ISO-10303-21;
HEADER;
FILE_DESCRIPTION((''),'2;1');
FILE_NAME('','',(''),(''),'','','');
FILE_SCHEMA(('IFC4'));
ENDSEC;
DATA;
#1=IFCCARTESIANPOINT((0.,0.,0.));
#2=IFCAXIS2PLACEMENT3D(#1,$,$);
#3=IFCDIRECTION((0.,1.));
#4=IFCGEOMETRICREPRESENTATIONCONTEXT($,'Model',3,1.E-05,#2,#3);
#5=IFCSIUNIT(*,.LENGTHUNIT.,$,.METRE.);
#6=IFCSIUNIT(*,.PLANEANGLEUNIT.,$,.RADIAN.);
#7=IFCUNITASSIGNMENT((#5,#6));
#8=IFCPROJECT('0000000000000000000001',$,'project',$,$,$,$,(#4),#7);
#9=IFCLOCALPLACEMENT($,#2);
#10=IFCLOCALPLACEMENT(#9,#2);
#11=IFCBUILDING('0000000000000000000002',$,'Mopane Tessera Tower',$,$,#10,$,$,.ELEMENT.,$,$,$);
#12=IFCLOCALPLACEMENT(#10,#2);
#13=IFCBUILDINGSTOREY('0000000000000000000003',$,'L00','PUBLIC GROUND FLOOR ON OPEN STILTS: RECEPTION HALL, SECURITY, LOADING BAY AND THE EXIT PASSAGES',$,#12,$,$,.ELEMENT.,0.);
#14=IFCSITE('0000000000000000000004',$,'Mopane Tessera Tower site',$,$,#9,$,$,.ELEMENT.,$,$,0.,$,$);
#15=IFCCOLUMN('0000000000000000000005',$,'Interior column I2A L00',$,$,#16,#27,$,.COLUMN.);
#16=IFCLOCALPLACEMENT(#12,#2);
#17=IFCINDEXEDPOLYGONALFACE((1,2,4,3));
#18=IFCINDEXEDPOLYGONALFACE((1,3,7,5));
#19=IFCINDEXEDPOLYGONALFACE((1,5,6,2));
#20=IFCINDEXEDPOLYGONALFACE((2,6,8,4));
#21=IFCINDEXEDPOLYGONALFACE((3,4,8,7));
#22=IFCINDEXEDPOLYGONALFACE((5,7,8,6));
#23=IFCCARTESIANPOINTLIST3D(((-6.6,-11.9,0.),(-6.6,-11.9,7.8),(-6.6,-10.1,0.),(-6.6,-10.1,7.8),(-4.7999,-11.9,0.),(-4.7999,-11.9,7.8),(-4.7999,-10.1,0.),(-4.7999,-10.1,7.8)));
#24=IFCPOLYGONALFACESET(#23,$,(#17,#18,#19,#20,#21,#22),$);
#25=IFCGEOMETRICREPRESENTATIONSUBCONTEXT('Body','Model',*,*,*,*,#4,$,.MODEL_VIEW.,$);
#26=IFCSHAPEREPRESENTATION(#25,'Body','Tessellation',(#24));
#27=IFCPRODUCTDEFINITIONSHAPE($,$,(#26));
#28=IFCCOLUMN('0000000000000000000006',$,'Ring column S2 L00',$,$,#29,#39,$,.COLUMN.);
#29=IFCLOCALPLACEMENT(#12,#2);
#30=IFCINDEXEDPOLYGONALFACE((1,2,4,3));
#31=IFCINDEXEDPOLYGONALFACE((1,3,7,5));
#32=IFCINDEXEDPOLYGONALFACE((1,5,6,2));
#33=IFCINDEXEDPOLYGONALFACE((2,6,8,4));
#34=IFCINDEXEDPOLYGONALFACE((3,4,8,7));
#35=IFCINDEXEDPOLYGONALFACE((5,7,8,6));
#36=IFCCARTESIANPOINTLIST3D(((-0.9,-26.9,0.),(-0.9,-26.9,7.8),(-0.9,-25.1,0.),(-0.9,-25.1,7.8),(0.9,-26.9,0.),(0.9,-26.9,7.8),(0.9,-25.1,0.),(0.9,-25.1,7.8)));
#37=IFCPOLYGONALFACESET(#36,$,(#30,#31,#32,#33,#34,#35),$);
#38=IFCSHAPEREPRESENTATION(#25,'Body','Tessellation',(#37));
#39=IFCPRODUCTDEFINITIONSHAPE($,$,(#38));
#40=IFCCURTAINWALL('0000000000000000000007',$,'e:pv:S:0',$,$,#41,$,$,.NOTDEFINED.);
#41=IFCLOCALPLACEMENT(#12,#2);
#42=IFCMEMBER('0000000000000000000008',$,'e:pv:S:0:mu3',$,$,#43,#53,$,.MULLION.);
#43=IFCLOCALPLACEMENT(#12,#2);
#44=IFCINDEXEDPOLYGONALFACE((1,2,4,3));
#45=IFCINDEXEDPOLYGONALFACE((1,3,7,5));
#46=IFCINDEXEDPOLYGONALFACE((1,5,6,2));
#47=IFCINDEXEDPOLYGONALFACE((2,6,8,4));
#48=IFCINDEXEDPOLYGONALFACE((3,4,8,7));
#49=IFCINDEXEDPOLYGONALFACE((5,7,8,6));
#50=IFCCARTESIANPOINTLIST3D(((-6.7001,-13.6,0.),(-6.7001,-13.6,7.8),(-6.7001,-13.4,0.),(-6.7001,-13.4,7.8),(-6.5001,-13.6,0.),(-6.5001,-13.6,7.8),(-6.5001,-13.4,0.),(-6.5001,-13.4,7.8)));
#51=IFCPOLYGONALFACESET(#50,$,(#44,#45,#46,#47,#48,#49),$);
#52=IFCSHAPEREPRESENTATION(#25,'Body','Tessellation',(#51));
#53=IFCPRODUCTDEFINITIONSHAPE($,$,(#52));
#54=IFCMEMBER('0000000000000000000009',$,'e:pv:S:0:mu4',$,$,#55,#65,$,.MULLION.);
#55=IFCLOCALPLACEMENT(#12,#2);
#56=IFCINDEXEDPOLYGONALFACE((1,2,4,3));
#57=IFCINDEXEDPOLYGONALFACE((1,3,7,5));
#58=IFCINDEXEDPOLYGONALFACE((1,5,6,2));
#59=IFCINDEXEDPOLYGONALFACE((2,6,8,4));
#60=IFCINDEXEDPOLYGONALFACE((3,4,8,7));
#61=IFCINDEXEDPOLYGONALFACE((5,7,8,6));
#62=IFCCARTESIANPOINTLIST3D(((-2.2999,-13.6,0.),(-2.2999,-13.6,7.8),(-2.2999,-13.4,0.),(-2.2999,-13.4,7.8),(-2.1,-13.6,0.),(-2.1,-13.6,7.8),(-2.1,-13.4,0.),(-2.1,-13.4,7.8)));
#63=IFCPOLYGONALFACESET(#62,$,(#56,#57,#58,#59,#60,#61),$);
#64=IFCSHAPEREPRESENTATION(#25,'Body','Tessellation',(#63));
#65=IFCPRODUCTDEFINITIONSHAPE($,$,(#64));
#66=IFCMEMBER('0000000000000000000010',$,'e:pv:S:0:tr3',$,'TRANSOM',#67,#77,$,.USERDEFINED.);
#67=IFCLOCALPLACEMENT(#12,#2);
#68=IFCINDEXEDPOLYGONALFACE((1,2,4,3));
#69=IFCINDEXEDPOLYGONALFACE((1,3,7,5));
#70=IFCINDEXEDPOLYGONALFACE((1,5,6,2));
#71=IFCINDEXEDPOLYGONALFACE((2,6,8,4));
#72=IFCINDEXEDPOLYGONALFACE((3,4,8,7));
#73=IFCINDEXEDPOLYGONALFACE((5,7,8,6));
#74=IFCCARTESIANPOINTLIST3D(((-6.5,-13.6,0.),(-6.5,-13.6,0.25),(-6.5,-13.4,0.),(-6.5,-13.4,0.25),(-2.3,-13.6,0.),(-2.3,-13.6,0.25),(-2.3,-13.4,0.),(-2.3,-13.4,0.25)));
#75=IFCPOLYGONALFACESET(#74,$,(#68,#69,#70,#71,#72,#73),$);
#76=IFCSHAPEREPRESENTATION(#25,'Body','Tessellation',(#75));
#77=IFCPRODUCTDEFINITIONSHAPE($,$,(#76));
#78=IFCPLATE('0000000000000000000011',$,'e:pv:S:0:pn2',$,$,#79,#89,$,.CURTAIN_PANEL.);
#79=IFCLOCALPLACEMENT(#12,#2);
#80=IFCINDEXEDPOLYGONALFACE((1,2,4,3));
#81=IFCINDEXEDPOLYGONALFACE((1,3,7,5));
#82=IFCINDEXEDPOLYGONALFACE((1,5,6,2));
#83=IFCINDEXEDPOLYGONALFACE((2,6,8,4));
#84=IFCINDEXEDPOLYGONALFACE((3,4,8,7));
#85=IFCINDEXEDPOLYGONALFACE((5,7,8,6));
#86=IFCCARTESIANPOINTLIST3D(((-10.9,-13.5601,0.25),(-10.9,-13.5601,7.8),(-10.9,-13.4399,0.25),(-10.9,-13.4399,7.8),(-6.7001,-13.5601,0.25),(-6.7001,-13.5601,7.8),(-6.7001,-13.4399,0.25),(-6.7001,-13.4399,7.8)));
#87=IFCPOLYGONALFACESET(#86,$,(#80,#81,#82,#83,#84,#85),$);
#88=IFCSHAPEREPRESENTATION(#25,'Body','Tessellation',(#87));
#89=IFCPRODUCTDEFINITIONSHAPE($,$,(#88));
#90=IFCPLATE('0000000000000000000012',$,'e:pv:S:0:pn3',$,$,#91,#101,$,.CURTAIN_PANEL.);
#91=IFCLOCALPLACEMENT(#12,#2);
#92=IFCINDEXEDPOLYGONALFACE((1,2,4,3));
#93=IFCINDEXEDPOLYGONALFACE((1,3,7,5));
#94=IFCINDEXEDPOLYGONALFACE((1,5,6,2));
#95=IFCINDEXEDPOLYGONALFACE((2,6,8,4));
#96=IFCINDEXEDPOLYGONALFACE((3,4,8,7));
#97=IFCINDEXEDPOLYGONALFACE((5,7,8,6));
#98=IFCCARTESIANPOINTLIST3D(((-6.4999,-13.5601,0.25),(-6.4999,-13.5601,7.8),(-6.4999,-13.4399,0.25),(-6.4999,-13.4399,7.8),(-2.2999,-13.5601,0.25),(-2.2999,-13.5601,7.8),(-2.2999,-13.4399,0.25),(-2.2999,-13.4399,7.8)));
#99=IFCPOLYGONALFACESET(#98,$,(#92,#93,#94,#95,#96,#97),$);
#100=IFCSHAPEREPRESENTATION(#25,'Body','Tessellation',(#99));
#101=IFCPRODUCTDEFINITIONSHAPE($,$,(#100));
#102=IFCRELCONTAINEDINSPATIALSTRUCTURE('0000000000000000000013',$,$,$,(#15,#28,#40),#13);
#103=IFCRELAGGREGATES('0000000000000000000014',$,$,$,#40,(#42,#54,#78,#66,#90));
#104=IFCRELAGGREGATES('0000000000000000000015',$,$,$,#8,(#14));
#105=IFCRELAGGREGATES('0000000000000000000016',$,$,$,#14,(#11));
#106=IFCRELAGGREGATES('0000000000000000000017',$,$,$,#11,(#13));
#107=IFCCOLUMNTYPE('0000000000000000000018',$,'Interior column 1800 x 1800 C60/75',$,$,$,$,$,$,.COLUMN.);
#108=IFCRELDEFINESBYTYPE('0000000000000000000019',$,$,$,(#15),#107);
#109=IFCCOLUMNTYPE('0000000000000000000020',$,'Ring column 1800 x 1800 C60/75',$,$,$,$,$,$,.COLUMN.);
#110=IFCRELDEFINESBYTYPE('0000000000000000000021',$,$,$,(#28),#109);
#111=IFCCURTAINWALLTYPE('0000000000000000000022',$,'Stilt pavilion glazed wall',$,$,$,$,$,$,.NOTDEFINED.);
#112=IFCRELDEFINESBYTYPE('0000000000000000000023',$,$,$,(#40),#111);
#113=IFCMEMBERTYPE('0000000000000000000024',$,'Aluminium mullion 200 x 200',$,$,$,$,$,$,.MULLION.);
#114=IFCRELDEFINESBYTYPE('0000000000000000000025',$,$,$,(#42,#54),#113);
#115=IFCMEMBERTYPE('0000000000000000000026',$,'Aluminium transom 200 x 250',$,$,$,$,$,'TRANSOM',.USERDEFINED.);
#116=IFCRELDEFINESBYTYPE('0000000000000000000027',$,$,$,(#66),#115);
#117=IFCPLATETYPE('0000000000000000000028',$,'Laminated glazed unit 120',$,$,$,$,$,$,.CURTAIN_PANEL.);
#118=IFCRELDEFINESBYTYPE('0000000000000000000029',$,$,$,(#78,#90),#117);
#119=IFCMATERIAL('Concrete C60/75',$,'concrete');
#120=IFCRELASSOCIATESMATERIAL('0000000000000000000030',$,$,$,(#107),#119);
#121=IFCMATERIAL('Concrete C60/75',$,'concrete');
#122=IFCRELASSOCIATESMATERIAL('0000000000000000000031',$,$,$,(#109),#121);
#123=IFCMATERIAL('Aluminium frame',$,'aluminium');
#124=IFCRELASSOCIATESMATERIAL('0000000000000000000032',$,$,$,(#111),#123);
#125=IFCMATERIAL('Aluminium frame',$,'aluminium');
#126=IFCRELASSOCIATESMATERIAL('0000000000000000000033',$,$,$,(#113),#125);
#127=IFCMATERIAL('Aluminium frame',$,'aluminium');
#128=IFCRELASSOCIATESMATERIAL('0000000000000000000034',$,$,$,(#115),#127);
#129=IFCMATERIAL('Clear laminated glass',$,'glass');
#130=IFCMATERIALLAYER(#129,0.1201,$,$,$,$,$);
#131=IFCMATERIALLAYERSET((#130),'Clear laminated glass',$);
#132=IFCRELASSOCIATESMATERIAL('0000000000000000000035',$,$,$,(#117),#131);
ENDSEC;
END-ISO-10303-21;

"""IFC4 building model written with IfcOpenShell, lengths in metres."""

from ifc_helpers import new_model, si_unit, direction, frame, origin, origin_2d, place, context, subcontext, project, spatial, rectangle, extrude, material, layer, layer_set, material_profile, profile_set, type_object, element, aggregate, save


model = new_model("IFC4")

# Units and contexts
model_context = context("Model", 3, precision=1e-05, world=origin(), true_north=direction((0.0, 1.0)))
body_context = subcontext(model_context, "Body", "Model", "MODEL_VIEW")
ifc_project = project(units=[si_unit("LENGTHUNIT", "METRE"), si_unit("PLANEANGLEUNIT", "RADIAN")], contexts=[model_context])

# Site, building, storey
site_placement = place(None, origin())
site = spatial("IfcSite", under=ifc_project, at=site_placement, Name="Mopane Tessera Tower site", CompositionType="ELEMENT", RefElevation=0.0)
building_placement = place(site_placement, origin())
building = spatial("IfcBuilding", under=site, at=building_placement, Name="Mopane Tessera Tower", CompositionType="ELEMENT")
storey_placement = place(building_placement, origin())
storey = spatial("IfcBuildingStorey", under=building, at=storey_placement, Name="L00", Description="PUBLIC GROUND FLOOR ON OPEN STILTS: RECEPTION HALL, SECURITY, LOADING BAY AND THE EXIT PASSAGES", CompositionType="ELEMENT", Elevation=0.0)

# Columns
ifc_material_1 = material(Name="Concrete C60/75", Category="concrete")
ifc_material_profile_1 = material_profile(ifc_material_1, rectangle(XDim=1.8, YDim=1.8, at=origin_2d()))
ifc_profile_set_1 = profile_set([ifc_material_profile_1], Name="Concrete C60/75")
column_type_1 = type_object("IfcColumnType", Name="Interior column 1800 x 1800 C60/75", PredefinedType="COLUMN", material=ifc_profile_set_1)
column_1_placement = place(storey_placement, frame((-5.7, -11.0, 0.0), z_axis=(0.0, 0.0, 1.0), x_axis=(1.0, 0.0, 0.0)))
element("IfcColumn", 1, at=column_1_placement, inside=storey, type_object=column_type_1, Name="Interior column I2A L00", PredefinedType="COLUMN", context=body_context, shape_type="SweptSolid", body=[
    extrude(rectangle(XDim=1.8, YDim=1.8, at=origin_2d()), origin(), (0.0, 0.0, 1.0), 7.8),
])
ifc_material_2 = material(Name="Concrete C60/75", Category="concrete")
ifc_material_profile_2 = material_profile(ifc_material_2, rectangle(XDim=1.8, YDim=1.8, at=origin_2d()))
ifc_profile_set_2 = profile_set([ifc_material_profile_2], Name="Concrete C60/75")
column_type_2 = type_object("IfcColumnType", Name="Ring column 1800 x 1800 C60/75", PredefinedType="COLUMN", material=ifc_profile_set_2)
column_2_placement = place(storey_placement, frame((0.0, -26.0, 0.0), z_axis=(0.0, 0.0, 1.0), x_axis=(1.0, 0.0, 0.0)))
element("IfcColumn", 2, at=column_2_placement, inside=storey, type_object=column_type_2, Name="Ring column S2 L00", PredefinedType="COLUMN", context=body_context, shape_type="SweptSolid", body=[
    extrude(rectangle(XDim=1.8, YDim=1.8, at=origin_2d()), origin(), (0.0, 0.0, 1.0), 7.8),
])

# Curtain wall, members, plates
ifc_material_3 = material(Name="Aluminium frame", Category="aluminium")
curtain_wall_type = type_object("IfcCurtainWallType", Name="Stilt pavilion glazed wall", PredefinedType="NOTDEFINED", material=ifc_material_3)
curtain_wall_placement = place(storey_placement, origin())
curtain_wall = element("IfcCurtainWall", 3, at=curtain_wall_placement, inside=storey, type_object=curtain_wall_type, Name="e:pv:S:0", PredefinedType="NOTDEFINED")
ifc_material_4 = material(Name="Aluminium frame", Category="aluminium")
ifc_material_profile_3 = material_profile(ifc_material_4, rectangle(XDim=0.2, YDim=0.2, at=origin_2d()))
ifc_profile_set_3 = profile_set([ifc_material_profile_3], Name="Aluminium frame")
member_type_1 = type_object("IfcMemberType", Name="Aluminium mullion 200 x 200", PredefinedType="MULLION", material=ifc_profile_set_3)
member_1_placement = place(storey_placement, frame((-6.6001, -13.5, 0.0), z_axis=(0.0, 0.0, 1.0), x_axis=(1.0, 0.0, 0.0)))
member_1 = element("IfcMember", 4, at=member_1_placement, type_object=member_type_1, Name="e:pv:S:0:mu3", PredefinedType="MULLION", context=body_context, shape_type="SweptSolid", body=[
    extrude(rectangle(XDim=0.2, YDim=0.2, at=origin_2d()), origin(), (0.0, 0.0, 1.0), 7.8),
])
member_2_placement = place(storey_placement, frame((-2.2, -13.5, 0.0), z_axis=(0.0, 0.0, 1.0), x_axis=(1.0, 0.0, 0.0)))
member_2 = element("IfcMember", 5, at=member_2_placement, type_object=member_type_1, Name="e:pv:S:0:mu4", PredefinedType="MULLION", context=body_context, shape_type="SweptSolid", body=[
    extrude(rectangle(XDim=0.2, YDim=0.2, at=origin_2d()), origin(), (0.0, 0.0, 1.0), 7.8),
])
ifc_material_5 = material(Name="Aluminium frame", Category="aluminium")
ifc_material_profile_4 = material_profile(ifc_material_5, rectangle(XDim=0.2, YDim=0.25, at=origin_2d()))
ifc_profile_set_4 = profile_set([ifc_material_profile_4], Name="Aluminium frame")
member_type_2 = type_object("IfcMemberType", Name="Aluminium transom 200 x 250", ElementType="TRANSOM", PredefinedType="USERDEFINED", material=ifc_profile_set_4)
member_3_placement = place(storey_placement, frame((-6.5, -13.5, 0.125), z_axis=(1.0, 0.0, 0.0), x_axis=(0.0, 1.0, 0.0)))
member_3 = element("IfcMember", 6, at=member_3_placement, type_object=member_type_2, Name="e:pv:S:0:tr3", ObjectType="TRANSOM", PredefinedType="USERDEFINED", context=body_context, shape_type="SweptSolid", body=[
    extrude(rectangle(XDim=0.2, YDim=0.25, at=origin_2d()), origin(), (0.0, 0.0, 1.0), 4.2),
])
ifc_material_6 = material(Name="Clear laminated glass", Category="glass")
ifc_layer_1 = layer(ifc_material_6, 0.1201)
ifc_layer_set_1 = layer_set([ifc_layer_1], Name="Clear laminated glass")
plate_type = type_object("IfcPlateType", Name="Laminated glazed unit 120", PredefinedType="CURTAIN_PANEL", material=ifc_layer_set_1)
plate_1_placement = place(storey_placement, frame((-8.8, -13.5, 0.25), z_axis=(0.0, 0.0, 1.0), x_axis=(1.0, 0.0, 0.0)))
plate_1 = element("IfcPlate", 7, at=plate_1_placement, type_object=plate_type, Name="e:pv:S:0:pn2", PredefinedType="CURTAIN_PANEL", context=body_context, shape_type="SweptSolid", body=[
    extrude(rectangle(XDim=4.2, YDim=0.1201, at=origin_2d()), origin(), (0.0, 0.0, 1.0), 7.55),
])
plate_2_placement = place(storey_placement, frame((-4.3999, -13.5, 0.25), z_axis=(0.0, 0.0, 1.0), x_axis=(1.0, 0.0, 0.0)))
plate_2 = element("IfcPlate", 8, at=plate_2_placement, type_object=plate_type, Name="e:pv:S:0:pn3", PredefinedType="CURTAIN_PANEL", context=body_context, shape_type="SweptSolid", body=[
    extrude(rectangle(XDim=4.2, YDim=0.1201, at=origin_2d()), origin(), (0.0, 0.0, 1.0), 7.55),
])
aggregate(curtain_wall, [member_1, member_2, plate_1, member_3, plate_2])

save(model, "model.ifc")
